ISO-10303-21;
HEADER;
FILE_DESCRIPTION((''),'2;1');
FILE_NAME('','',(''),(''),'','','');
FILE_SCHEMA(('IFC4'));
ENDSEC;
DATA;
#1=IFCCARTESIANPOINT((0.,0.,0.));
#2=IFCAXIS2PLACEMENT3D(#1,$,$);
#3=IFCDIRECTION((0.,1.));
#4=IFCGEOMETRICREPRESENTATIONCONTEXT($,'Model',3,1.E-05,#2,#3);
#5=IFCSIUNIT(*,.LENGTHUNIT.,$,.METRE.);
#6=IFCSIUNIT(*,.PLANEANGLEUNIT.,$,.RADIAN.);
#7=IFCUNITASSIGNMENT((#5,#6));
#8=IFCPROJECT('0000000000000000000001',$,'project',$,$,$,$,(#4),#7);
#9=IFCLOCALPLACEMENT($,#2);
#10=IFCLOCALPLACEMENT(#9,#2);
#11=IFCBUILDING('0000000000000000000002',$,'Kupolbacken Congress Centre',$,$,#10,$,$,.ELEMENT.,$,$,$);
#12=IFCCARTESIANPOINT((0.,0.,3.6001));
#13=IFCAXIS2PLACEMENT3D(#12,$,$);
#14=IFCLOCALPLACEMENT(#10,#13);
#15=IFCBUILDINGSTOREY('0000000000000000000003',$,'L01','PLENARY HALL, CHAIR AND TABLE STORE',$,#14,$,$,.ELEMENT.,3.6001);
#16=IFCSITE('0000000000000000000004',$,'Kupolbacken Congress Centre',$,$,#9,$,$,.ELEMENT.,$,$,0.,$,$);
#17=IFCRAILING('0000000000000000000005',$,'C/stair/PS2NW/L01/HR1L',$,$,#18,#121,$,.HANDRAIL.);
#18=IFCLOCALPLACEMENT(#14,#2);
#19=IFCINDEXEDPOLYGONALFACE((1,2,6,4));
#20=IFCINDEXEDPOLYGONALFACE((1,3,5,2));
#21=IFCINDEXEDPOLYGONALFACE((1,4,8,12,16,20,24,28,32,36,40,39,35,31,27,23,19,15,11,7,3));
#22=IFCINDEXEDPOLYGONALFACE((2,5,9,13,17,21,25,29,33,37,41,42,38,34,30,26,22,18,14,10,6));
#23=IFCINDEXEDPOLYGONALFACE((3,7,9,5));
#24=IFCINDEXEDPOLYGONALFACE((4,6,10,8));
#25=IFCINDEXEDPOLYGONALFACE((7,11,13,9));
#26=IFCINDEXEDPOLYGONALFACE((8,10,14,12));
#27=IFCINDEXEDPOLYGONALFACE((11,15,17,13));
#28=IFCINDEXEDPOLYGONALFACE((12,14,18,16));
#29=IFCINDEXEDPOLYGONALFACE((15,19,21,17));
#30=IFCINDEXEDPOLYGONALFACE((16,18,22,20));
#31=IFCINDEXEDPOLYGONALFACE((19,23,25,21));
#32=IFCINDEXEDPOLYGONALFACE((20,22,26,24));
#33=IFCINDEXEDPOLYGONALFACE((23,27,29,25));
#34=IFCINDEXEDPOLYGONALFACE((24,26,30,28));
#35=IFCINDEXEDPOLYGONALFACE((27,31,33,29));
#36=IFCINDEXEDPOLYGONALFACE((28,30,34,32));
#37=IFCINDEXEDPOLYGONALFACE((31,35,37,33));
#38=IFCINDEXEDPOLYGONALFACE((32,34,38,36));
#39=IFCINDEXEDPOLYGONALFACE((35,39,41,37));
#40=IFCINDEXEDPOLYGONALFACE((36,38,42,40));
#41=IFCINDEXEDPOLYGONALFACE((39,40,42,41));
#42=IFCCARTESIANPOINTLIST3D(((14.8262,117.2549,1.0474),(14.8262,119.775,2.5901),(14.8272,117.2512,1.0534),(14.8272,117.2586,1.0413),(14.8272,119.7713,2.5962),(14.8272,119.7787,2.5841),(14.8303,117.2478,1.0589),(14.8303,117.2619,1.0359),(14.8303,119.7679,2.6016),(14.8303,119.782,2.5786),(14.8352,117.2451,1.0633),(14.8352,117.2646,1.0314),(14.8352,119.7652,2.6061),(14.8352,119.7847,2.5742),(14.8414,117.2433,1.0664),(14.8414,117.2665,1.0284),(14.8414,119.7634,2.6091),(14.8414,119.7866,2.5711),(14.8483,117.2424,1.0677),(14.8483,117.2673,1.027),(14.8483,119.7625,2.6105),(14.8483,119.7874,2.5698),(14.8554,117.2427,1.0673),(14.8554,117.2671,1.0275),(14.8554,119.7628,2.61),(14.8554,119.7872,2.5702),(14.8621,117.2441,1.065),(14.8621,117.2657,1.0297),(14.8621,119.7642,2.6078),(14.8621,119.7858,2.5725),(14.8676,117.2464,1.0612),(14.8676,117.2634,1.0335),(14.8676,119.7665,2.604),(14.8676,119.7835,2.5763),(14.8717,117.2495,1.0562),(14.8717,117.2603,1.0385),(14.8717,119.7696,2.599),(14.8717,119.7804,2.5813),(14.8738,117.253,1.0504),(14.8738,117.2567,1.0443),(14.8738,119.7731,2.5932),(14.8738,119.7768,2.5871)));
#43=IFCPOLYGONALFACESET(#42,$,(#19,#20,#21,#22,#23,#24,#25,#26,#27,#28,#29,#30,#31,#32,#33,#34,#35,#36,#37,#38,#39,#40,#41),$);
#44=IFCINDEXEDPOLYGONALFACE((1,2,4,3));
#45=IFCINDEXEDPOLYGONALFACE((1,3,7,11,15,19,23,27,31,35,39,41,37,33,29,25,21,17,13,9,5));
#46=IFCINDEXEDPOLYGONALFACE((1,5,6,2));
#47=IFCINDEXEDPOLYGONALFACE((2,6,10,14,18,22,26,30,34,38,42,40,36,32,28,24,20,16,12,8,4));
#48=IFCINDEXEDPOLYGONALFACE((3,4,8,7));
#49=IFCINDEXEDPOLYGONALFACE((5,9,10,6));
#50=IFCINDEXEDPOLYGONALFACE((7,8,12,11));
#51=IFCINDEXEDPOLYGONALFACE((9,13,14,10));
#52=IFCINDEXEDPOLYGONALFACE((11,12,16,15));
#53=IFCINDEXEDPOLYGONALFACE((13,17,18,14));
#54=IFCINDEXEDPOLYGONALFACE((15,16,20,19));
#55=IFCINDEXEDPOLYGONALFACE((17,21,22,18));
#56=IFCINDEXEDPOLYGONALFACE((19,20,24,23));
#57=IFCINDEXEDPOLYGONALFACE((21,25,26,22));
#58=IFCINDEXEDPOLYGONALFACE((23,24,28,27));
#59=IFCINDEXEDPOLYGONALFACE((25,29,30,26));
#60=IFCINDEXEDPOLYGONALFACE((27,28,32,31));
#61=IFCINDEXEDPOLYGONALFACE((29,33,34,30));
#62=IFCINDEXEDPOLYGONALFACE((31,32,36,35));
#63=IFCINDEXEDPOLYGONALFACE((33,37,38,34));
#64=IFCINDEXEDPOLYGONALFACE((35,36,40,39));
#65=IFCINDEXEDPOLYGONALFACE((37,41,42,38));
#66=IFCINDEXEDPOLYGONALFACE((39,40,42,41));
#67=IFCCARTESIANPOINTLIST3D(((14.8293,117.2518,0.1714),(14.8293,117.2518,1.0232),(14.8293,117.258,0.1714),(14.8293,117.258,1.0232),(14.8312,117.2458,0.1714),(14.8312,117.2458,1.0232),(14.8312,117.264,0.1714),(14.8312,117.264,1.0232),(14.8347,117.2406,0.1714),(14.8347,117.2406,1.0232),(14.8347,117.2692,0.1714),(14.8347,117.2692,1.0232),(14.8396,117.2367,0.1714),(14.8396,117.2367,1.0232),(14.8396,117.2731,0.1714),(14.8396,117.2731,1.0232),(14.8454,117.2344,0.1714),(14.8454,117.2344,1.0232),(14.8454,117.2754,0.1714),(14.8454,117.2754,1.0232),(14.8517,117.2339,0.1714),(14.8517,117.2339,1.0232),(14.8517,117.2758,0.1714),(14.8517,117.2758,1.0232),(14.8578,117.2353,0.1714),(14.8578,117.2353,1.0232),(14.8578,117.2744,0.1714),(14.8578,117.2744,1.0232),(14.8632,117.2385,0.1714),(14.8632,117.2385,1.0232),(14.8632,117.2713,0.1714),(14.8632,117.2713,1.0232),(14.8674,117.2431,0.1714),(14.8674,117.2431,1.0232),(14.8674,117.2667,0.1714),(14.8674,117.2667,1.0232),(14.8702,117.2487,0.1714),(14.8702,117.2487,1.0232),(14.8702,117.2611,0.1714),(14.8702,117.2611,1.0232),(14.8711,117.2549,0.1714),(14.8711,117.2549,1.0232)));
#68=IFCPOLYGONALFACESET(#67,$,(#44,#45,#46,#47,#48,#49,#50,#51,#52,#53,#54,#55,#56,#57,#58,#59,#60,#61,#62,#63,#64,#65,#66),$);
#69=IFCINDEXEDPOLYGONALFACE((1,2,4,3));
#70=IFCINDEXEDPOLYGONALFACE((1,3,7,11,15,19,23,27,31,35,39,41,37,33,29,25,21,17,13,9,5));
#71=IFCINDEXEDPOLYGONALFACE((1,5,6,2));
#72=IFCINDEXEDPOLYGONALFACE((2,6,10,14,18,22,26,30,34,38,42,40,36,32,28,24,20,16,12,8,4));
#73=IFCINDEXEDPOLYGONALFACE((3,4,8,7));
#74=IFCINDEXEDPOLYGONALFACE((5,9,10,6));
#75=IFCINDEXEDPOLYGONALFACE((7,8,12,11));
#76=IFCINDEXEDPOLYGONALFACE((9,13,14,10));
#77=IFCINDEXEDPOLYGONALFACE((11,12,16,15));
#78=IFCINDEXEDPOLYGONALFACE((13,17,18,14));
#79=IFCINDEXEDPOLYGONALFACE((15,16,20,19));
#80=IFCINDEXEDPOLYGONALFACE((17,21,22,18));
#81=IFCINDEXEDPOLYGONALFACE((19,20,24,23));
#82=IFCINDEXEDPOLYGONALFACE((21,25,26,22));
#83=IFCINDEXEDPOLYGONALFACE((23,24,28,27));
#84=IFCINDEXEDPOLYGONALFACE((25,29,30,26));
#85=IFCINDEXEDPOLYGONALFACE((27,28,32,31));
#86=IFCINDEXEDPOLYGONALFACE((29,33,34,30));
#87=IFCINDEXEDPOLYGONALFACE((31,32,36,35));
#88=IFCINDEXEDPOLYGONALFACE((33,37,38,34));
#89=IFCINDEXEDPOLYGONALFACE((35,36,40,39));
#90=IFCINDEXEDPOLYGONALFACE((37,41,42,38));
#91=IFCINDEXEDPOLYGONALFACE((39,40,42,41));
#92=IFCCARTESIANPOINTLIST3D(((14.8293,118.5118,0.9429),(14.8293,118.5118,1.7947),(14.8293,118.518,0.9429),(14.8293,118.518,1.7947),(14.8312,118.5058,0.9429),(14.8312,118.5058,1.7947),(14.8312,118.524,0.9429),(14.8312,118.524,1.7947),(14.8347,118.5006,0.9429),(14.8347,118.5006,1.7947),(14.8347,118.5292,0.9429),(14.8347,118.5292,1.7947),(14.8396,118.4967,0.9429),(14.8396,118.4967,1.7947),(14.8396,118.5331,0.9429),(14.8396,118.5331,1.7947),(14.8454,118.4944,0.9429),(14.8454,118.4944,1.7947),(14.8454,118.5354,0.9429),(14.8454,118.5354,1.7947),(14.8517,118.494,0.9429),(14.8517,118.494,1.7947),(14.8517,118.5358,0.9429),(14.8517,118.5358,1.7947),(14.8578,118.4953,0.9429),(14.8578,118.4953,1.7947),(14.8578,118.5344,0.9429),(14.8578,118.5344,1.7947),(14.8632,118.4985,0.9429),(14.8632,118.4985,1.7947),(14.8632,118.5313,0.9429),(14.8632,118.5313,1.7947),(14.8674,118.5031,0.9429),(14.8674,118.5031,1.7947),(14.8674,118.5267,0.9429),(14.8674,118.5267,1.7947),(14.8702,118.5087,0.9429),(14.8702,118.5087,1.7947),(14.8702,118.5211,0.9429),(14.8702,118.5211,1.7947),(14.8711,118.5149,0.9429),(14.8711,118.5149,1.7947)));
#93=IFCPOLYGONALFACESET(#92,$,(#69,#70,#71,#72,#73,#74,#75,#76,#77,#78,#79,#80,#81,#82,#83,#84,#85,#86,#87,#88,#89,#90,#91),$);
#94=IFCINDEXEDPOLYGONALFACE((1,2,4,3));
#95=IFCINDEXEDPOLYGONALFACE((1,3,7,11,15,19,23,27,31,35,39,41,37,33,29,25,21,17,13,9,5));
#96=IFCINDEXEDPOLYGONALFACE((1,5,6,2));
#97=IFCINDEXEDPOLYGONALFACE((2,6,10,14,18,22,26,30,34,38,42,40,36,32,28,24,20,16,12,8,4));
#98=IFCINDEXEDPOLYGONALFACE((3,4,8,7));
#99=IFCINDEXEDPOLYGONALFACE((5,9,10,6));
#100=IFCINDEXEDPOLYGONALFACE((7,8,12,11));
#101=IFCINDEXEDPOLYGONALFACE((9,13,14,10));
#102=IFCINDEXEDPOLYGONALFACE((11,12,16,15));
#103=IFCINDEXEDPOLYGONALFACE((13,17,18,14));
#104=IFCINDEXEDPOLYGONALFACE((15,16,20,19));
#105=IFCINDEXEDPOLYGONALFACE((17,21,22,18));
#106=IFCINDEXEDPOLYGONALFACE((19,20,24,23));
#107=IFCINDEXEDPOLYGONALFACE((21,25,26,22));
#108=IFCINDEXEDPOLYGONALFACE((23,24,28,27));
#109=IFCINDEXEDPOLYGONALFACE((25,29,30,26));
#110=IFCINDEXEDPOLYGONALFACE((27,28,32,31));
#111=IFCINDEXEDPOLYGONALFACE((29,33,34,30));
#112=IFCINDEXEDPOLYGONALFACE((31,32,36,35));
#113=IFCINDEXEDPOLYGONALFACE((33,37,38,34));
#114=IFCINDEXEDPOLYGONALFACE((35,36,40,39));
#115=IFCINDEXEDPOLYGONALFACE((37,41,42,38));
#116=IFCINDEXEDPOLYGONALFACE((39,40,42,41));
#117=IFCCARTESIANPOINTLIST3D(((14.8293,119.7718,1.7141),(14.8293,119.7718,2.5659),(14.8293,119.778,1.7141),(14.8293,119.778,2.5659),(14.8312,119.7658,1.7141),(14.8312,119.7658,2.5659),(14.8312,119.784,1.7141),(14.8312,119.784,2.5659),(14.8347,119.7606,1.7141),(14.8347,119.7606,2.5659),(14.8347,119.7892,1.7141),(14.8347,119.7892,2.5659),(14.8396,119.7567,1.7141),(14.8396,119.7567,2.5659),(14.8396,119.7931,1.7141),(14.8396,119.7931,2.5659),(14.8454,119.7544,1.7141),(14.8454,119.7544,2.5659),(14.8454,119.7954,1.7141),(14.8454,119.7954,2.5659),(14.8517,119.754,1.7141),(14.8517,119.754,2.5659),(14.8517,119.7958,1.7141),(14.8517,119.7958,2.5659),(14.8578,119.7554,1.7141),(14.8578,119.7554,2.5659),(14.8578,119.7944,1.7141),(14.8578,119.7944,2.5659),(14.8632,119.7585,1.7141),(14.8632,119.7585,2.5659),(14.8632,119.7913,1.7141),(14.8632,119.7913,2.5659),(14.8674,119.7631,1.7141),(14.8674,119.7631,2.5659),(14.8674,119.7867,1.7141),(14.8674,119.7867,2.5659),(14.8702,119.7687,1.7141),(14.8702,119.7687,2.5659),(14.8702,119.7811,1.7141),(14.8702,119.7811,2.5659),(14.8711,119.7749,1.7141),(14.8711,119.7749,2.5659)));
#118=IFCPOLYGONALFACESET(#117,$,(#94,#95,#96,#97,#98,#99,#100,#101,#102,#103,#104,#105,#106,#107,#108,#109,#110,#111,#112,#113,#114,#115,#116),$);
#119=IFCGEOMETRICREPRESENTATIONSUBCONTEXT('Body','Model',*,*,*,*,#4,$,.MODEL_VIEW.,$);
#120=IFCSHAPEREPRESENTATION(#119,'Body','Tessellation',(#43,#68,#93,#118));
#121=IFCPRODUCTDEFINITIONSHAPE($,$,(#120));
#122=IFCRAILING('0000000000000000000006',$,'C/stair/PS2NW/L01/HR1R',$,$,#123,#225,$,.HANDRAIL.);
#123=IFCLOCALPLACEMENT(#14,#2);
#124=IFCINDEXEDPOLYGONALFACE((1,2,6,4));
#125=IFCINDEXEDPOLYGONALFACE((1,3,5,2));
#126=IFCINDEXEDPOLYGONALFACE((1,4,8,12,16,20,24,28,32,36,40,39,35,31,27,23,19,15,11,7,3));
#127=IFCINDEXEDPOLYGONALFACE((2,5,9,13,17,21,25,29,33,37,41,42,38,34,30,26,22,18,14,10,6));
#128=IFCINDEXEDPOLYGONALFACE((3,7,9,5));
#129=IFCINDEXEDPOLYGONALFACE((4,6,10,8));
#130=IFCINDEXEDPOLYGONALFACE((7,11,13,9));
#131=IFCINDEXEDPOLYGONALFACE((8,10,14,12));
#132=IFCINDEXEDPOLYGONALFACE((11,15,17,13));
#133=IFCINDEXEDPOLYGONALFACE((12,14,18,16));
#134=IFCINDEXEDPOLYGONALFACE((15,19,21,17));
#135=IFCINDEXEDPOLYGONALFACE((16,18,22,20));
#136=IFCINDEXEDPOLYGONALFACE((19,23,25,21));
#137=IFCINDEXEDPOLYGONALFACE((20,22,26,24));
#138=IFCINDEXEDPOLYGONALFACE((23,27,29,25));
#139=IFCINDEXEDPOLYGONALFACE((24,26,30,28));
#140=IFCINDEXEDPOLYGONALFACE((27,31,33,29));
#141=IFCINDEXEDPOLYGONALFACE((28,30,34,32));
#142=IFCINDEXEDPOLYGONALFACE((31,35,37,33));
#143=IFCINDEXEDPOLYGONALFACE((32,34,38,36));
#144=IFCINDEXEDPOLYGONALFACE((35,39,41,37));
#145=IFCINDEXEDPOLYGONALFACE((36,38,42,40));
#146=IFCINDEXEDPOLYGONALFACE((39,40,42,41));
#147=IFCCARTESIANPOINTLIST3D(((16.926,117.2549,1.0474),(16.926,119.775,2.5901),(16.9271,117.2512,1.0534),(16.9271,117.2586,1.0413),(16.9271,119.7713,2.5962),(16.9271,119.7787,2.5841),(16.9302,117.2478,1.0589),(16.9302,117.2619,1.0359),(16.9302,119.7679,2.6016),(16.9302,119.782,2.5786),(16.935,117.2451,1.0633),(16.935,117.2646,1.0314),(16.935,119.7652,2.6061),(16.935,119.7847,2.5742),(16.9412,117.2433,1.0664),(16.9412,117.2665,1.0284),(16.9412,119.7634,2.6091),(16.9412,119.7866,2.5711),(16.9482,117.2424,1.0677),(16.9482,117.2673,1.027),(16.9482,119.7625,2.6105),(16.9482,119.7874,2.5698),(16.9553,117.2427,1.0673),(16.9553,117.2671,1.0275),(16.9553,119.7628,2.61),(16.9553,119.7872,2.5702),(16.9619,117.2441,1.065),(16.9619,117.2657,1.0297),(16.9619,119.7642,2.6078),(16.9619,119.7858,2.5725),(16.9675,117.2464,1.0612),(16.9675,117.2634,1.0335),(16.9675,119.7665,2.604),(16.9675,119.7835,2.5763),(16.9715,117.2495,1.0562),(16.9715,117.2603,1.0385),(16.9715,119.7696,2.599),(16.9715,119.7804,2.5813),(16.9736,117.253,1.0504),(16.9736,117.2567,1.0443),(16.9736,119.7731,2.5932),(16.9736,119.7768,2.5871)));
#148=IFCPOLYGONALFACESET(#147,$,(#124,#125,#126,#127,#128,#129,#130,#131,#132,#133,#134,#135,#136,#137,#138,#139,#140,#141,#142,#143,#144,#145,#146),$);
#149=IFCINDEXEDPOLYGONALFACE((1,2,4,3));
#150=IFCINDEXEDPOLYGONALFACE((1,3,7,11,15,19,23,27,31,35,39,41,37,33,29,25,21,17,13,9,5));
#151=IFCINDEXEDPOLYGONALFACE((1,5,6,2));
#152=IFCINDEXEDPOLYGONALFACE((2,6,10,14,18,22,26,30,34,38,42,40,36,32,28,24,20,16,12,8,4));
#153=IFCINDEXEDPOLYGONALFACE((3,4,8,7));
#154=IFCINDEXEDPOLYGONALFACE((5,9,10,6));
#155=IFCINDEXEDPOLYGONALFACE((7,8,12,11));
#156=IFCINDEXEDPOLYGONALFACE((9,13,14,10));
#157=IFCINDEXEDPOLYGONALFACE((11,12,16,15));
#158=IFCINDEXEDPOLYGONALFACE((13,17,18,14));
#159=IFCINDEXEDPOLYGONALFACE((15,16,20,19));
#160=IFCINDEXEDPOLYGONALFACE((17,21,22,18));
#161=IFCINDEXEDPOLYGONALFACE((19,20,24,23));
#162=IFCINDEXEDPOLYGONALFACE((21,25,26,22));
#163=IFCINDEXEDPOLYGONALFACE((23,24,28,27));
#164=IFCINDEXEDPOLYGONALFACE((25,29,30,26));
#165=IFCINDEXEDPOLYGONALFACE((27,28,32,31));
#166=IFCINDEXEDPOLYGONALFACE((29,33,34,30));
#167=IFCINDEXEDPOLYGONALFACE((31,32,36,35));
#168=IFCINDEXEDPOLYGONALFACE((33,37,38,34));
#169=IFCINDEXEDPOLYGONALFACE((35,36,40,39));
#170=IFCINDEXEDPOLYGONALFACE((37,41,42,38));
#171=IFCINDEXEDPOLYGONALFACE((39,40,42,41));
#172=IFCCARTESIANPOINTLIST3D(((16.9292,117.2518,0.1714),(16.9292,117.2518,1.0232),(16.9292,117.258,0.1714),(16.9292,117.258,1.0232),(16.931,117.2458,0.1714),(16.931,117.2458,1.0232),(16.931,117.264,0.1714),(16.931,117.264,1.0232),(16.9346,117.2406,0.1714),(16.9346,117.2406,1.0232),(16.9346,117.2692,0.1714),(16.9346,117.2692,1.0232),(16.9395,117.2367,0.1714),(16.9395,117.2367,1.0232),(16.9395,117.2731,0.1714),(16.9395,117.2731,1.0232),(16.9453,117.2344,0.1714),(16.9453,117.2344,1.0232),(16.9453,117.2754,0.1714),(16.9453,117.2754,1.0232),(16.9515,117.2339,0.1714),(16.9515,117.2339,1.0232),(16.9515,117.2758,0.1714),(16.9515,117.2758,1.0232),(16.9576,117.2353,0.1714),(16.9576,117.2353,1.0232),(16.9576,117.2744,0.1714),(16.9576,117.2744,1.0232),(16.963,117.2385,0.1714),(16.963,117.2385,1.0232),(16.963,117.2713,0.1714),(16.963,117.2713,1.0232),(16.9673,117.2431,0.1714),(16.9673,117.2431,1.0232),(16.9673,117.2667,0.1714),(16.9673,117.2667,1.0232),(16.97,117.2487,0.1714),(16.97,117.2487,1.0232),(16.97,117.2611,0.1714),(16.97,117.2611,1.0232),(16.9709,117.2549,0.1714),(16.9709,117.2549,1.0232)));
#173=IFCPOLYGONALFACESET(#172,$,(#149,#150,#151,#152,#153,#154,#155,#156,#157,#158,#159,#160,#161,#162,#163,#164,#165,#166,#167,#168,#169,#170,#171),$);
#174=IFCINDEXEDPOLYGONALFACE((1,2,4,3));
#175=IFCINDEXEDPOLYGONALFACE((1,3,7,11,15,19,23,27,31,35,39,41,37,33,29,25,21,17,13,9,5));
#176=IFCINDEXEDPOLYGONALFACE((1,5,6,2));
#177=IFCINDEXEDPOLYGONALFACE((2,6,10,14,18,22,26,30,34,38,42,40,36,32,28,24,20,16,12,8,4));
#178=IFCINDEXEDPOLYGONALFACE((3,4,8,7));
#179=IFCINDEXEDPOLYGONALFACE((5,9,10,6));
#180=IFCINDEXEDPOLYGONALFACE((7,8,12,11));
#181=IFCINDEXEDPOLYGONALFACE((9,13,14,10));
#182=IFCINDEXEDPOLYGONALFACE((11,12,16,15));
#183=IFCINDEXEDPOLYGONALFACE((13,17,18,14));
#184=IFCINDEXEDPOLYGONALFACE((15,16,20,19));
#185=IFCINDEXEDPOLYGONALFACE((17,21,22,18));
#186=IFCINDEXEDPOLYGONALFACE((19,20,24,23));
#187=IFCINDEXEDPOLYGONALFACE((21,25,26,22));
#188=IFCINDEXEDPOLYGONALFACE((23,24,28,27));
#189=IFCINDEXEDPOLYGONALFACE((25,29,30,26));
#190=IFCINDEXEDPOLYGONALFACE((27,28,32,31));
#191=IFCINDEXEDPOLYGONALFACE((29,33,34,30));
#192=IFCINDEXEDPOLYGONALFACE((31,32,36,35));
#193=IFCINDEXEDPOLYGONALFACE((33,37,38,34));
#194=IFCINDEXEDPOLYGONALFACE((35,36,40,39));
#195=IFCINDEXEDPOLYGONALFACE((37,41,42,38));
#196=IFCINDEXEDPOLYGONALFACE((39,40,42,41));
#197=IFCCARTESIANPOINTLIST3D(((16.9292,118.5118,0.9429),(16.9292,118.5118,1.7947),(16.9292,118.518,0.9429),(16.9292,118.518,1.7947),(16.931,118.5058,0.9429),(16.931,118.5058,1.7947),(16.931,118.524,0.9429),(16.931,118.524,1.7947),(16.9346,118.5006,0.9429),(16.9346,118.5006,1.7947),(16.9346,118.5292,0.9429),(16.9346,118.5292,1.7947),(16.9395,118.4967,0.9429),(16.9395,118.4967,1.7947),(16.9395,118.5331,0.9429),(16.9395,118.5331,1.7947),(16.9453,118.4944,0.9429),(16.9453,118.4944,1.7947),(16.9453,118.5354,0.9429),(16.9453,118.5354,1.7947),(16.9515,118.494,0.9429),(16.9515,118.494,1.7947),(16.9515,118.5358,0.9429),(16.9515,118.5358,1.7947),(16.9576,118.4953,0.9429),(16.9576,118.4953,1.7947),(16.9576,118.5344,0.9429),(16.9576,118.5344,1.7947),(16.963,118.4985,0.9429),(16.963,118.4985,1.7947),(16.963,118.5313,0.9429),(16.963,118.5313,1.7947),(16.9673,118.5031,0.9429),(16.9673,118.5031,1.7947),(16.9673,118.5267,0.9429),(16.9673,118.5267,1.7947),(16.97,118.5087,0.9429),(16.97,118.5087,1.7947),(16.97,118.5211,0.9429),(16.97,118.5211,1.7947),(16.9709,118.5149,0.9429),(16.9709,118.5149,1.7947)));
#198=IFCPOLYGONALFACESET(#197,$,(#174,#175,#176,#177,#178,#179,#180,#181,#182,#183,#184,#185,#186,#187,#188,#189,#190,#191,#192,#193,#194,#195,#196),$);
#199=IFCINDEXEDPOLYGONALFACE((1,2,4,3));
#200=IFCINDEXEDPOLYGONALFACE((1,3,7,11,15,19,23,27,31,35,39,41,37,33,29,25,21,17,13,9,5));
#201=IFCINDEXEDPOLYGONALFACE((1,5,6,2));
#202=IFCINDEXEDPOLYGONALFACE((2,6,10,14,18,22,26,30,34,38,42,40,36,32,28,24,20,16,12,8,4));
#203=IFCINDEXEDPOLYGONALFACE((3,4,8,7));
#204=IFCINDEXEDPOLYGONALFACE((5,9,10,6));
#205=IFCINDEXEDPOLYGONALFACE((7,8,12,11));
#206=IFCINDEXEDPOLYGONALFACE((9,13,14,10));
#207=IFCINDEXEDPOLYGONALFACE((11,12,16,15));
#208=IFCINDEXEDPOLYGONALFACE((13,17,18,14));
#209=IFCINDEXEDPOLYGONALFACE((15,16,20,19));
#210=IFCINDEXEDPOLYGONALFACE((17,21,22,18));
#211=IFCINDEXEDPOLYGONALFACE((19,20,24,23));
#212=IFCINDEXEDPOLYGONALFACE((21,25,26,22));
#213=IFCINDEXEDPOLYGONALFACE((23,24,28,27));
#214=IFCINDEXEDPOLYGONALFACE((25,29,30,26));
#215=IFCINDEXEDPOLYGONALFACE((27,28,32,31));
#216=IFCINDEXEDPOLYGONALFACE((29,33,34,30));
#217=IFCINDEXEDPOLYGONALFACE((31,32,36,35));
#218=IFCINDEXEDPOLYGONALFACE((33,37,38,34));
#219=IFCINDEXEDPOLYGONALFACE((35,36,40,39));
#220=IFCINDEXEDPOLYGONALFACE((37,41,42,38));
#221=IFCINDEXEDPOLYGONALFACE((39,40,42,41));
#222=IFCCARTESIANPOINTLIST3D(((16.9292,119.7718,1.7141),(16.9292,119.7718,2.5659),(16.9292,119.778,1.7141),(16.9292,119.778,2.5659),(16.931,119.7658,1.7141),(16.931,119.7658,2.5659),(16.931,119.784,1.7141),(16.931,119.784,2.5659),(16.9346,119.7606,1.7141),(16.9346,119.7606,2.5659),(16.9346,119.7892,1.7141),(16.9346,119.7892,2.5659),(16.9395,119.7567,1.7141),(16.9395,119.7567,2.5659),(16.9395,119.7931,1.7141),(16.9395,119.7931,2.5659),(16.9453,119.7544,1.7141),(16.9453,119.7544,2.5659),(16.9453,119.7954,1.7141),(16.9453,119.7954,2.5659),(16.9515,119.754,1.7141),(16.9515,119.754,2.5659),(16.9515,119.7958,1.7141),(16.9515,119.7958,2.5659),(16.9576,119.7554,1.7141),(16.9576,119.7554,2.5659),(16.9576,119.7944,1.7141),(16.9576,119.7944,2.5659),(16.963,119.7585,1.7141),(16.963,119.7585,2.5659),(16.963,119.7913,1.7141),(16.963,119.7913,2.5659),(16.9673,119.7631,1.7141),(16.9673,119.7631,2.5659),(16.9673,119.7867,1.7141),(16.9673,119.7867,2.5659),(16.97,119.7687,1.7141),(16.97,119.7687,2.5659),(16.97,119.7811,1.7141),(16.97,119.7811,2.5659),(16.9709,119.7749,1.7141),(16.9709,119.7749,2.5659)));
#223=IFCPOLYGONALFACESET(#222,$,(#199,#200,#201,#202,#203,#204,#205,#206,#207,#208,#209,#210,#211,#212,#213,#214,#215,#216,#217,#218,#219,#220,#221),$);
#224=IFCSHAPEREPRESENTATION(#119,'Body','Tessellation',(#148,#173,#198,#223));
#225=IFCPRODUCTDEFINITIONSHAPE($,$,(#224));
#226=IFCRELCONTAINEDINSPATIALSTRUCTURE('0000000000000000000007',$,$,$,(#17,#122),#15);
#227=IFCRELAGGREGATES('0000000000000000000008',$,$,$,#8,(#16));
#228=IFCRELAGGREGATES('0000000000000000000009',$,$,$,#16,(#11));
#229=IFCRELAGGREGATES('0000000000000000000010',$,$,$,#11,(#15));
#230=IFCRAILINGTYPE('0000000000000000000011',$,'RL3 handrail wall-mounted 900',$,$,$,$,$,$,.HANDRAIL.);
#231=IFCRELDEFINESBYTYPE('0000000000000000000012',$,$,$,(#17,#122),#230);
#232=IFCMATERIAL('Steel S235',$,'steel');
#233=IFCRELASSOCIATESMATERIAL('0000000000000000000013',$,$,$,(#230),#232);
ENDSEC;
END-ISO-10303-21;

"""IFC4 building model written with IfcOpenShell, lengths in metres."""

from ifc_helpers import new_model, si_unit, direction, frame, origin, origin_2d, place, context, subcontext, project, spatial, circle, extrude, material, type_object, element, save


model = new_model("IFC4")

# Units and contexts
model_context = context("Model", 3, precision=1e-05, world=origin(), true_north=direction((0.0, 1.0)))
body_context = subcontext(model_context, "Body", "Model", "MODEL_VIEW")
ifc_project = project(units=[si_unit("LENGTHUNIT", "METRE"), si_unit("PLANEANGLEUNIT", "RADIAN")], contexts=[model_context])

# Site, building, storey
site_placement = place(None, origin())
site = spatial("IfcSite", under=ifc_project, at=site_placement, Name="Kupolbacken Congress Centre", CompositionType="ELEMENT", RefElevation=0.0)
building_placement = place(site_placement, origin())
building = spatial("IfcBuilding", under=site, at=building_placement, Name="Kupolbacken Congress Centre", CompositionType="ELEMENT")
storey_placement = place(building_placement, frame((0.0, 0.0, 3.6001)))
storey = spatial("IfcBuildingStorey", under=building, at=storey_placement, Name="L01", Description="PLENARY HALL, CHAIR AND TABLE STORE", CompositionType="ELEMENT", Elevation=3.6001)

# Railings
ifc_material_1 = material(Name="Steel S235", Category="steel")
railing_type = type_object("IfcRailingType", Name="RL3 handrail wall-mounted 900", PredefinedType="HANDRAIL", material=ifc_material_1)
for number, where, name in (
    (1, (14.8501, 117.2549, 0.1714), "C/stair/PS2NW/L01/HR1L"),
    (2, (16.95, 117.2549, 0.1714), "C/stair/PS2NW/L01/HR1R"),
):
    element("IfcRailing", number, at=place(storey_placement, frame(where)), inside=storey, type_object=railing_type, Name=name, PredefinedType="HANDRAIL", context=body_context, shape_type="SweptSolid", body=[
        extrude(circle(Radius=0.0239, at=origin_2d()), frame((0.0, 0.0, 0.876), z_axis=(0.0, 0.852873, 0.522118), x_axis=(-1.0, 0.0, 0.0)), (0.0, 0.0, 1.0), 2.9548),
        extrude(circle(Radius=0.021, at=origin_2d()), origin(), (0.0, 0.0, 1.0), 0.8518),
        extrude(circle(Radius=0.021, at=origin_2d()), frame((0.0, 1.26, 0.7715)), (0.0, 0.0, 1.0), 0.8518),
        extrude(circle(Radius=0.021, at=origin_2d()), frame((0.0, 2.52, 1.5427)), (0.0, 0.0, 1.0), 0.8518),
    ])

save(model, "model.ifc")
